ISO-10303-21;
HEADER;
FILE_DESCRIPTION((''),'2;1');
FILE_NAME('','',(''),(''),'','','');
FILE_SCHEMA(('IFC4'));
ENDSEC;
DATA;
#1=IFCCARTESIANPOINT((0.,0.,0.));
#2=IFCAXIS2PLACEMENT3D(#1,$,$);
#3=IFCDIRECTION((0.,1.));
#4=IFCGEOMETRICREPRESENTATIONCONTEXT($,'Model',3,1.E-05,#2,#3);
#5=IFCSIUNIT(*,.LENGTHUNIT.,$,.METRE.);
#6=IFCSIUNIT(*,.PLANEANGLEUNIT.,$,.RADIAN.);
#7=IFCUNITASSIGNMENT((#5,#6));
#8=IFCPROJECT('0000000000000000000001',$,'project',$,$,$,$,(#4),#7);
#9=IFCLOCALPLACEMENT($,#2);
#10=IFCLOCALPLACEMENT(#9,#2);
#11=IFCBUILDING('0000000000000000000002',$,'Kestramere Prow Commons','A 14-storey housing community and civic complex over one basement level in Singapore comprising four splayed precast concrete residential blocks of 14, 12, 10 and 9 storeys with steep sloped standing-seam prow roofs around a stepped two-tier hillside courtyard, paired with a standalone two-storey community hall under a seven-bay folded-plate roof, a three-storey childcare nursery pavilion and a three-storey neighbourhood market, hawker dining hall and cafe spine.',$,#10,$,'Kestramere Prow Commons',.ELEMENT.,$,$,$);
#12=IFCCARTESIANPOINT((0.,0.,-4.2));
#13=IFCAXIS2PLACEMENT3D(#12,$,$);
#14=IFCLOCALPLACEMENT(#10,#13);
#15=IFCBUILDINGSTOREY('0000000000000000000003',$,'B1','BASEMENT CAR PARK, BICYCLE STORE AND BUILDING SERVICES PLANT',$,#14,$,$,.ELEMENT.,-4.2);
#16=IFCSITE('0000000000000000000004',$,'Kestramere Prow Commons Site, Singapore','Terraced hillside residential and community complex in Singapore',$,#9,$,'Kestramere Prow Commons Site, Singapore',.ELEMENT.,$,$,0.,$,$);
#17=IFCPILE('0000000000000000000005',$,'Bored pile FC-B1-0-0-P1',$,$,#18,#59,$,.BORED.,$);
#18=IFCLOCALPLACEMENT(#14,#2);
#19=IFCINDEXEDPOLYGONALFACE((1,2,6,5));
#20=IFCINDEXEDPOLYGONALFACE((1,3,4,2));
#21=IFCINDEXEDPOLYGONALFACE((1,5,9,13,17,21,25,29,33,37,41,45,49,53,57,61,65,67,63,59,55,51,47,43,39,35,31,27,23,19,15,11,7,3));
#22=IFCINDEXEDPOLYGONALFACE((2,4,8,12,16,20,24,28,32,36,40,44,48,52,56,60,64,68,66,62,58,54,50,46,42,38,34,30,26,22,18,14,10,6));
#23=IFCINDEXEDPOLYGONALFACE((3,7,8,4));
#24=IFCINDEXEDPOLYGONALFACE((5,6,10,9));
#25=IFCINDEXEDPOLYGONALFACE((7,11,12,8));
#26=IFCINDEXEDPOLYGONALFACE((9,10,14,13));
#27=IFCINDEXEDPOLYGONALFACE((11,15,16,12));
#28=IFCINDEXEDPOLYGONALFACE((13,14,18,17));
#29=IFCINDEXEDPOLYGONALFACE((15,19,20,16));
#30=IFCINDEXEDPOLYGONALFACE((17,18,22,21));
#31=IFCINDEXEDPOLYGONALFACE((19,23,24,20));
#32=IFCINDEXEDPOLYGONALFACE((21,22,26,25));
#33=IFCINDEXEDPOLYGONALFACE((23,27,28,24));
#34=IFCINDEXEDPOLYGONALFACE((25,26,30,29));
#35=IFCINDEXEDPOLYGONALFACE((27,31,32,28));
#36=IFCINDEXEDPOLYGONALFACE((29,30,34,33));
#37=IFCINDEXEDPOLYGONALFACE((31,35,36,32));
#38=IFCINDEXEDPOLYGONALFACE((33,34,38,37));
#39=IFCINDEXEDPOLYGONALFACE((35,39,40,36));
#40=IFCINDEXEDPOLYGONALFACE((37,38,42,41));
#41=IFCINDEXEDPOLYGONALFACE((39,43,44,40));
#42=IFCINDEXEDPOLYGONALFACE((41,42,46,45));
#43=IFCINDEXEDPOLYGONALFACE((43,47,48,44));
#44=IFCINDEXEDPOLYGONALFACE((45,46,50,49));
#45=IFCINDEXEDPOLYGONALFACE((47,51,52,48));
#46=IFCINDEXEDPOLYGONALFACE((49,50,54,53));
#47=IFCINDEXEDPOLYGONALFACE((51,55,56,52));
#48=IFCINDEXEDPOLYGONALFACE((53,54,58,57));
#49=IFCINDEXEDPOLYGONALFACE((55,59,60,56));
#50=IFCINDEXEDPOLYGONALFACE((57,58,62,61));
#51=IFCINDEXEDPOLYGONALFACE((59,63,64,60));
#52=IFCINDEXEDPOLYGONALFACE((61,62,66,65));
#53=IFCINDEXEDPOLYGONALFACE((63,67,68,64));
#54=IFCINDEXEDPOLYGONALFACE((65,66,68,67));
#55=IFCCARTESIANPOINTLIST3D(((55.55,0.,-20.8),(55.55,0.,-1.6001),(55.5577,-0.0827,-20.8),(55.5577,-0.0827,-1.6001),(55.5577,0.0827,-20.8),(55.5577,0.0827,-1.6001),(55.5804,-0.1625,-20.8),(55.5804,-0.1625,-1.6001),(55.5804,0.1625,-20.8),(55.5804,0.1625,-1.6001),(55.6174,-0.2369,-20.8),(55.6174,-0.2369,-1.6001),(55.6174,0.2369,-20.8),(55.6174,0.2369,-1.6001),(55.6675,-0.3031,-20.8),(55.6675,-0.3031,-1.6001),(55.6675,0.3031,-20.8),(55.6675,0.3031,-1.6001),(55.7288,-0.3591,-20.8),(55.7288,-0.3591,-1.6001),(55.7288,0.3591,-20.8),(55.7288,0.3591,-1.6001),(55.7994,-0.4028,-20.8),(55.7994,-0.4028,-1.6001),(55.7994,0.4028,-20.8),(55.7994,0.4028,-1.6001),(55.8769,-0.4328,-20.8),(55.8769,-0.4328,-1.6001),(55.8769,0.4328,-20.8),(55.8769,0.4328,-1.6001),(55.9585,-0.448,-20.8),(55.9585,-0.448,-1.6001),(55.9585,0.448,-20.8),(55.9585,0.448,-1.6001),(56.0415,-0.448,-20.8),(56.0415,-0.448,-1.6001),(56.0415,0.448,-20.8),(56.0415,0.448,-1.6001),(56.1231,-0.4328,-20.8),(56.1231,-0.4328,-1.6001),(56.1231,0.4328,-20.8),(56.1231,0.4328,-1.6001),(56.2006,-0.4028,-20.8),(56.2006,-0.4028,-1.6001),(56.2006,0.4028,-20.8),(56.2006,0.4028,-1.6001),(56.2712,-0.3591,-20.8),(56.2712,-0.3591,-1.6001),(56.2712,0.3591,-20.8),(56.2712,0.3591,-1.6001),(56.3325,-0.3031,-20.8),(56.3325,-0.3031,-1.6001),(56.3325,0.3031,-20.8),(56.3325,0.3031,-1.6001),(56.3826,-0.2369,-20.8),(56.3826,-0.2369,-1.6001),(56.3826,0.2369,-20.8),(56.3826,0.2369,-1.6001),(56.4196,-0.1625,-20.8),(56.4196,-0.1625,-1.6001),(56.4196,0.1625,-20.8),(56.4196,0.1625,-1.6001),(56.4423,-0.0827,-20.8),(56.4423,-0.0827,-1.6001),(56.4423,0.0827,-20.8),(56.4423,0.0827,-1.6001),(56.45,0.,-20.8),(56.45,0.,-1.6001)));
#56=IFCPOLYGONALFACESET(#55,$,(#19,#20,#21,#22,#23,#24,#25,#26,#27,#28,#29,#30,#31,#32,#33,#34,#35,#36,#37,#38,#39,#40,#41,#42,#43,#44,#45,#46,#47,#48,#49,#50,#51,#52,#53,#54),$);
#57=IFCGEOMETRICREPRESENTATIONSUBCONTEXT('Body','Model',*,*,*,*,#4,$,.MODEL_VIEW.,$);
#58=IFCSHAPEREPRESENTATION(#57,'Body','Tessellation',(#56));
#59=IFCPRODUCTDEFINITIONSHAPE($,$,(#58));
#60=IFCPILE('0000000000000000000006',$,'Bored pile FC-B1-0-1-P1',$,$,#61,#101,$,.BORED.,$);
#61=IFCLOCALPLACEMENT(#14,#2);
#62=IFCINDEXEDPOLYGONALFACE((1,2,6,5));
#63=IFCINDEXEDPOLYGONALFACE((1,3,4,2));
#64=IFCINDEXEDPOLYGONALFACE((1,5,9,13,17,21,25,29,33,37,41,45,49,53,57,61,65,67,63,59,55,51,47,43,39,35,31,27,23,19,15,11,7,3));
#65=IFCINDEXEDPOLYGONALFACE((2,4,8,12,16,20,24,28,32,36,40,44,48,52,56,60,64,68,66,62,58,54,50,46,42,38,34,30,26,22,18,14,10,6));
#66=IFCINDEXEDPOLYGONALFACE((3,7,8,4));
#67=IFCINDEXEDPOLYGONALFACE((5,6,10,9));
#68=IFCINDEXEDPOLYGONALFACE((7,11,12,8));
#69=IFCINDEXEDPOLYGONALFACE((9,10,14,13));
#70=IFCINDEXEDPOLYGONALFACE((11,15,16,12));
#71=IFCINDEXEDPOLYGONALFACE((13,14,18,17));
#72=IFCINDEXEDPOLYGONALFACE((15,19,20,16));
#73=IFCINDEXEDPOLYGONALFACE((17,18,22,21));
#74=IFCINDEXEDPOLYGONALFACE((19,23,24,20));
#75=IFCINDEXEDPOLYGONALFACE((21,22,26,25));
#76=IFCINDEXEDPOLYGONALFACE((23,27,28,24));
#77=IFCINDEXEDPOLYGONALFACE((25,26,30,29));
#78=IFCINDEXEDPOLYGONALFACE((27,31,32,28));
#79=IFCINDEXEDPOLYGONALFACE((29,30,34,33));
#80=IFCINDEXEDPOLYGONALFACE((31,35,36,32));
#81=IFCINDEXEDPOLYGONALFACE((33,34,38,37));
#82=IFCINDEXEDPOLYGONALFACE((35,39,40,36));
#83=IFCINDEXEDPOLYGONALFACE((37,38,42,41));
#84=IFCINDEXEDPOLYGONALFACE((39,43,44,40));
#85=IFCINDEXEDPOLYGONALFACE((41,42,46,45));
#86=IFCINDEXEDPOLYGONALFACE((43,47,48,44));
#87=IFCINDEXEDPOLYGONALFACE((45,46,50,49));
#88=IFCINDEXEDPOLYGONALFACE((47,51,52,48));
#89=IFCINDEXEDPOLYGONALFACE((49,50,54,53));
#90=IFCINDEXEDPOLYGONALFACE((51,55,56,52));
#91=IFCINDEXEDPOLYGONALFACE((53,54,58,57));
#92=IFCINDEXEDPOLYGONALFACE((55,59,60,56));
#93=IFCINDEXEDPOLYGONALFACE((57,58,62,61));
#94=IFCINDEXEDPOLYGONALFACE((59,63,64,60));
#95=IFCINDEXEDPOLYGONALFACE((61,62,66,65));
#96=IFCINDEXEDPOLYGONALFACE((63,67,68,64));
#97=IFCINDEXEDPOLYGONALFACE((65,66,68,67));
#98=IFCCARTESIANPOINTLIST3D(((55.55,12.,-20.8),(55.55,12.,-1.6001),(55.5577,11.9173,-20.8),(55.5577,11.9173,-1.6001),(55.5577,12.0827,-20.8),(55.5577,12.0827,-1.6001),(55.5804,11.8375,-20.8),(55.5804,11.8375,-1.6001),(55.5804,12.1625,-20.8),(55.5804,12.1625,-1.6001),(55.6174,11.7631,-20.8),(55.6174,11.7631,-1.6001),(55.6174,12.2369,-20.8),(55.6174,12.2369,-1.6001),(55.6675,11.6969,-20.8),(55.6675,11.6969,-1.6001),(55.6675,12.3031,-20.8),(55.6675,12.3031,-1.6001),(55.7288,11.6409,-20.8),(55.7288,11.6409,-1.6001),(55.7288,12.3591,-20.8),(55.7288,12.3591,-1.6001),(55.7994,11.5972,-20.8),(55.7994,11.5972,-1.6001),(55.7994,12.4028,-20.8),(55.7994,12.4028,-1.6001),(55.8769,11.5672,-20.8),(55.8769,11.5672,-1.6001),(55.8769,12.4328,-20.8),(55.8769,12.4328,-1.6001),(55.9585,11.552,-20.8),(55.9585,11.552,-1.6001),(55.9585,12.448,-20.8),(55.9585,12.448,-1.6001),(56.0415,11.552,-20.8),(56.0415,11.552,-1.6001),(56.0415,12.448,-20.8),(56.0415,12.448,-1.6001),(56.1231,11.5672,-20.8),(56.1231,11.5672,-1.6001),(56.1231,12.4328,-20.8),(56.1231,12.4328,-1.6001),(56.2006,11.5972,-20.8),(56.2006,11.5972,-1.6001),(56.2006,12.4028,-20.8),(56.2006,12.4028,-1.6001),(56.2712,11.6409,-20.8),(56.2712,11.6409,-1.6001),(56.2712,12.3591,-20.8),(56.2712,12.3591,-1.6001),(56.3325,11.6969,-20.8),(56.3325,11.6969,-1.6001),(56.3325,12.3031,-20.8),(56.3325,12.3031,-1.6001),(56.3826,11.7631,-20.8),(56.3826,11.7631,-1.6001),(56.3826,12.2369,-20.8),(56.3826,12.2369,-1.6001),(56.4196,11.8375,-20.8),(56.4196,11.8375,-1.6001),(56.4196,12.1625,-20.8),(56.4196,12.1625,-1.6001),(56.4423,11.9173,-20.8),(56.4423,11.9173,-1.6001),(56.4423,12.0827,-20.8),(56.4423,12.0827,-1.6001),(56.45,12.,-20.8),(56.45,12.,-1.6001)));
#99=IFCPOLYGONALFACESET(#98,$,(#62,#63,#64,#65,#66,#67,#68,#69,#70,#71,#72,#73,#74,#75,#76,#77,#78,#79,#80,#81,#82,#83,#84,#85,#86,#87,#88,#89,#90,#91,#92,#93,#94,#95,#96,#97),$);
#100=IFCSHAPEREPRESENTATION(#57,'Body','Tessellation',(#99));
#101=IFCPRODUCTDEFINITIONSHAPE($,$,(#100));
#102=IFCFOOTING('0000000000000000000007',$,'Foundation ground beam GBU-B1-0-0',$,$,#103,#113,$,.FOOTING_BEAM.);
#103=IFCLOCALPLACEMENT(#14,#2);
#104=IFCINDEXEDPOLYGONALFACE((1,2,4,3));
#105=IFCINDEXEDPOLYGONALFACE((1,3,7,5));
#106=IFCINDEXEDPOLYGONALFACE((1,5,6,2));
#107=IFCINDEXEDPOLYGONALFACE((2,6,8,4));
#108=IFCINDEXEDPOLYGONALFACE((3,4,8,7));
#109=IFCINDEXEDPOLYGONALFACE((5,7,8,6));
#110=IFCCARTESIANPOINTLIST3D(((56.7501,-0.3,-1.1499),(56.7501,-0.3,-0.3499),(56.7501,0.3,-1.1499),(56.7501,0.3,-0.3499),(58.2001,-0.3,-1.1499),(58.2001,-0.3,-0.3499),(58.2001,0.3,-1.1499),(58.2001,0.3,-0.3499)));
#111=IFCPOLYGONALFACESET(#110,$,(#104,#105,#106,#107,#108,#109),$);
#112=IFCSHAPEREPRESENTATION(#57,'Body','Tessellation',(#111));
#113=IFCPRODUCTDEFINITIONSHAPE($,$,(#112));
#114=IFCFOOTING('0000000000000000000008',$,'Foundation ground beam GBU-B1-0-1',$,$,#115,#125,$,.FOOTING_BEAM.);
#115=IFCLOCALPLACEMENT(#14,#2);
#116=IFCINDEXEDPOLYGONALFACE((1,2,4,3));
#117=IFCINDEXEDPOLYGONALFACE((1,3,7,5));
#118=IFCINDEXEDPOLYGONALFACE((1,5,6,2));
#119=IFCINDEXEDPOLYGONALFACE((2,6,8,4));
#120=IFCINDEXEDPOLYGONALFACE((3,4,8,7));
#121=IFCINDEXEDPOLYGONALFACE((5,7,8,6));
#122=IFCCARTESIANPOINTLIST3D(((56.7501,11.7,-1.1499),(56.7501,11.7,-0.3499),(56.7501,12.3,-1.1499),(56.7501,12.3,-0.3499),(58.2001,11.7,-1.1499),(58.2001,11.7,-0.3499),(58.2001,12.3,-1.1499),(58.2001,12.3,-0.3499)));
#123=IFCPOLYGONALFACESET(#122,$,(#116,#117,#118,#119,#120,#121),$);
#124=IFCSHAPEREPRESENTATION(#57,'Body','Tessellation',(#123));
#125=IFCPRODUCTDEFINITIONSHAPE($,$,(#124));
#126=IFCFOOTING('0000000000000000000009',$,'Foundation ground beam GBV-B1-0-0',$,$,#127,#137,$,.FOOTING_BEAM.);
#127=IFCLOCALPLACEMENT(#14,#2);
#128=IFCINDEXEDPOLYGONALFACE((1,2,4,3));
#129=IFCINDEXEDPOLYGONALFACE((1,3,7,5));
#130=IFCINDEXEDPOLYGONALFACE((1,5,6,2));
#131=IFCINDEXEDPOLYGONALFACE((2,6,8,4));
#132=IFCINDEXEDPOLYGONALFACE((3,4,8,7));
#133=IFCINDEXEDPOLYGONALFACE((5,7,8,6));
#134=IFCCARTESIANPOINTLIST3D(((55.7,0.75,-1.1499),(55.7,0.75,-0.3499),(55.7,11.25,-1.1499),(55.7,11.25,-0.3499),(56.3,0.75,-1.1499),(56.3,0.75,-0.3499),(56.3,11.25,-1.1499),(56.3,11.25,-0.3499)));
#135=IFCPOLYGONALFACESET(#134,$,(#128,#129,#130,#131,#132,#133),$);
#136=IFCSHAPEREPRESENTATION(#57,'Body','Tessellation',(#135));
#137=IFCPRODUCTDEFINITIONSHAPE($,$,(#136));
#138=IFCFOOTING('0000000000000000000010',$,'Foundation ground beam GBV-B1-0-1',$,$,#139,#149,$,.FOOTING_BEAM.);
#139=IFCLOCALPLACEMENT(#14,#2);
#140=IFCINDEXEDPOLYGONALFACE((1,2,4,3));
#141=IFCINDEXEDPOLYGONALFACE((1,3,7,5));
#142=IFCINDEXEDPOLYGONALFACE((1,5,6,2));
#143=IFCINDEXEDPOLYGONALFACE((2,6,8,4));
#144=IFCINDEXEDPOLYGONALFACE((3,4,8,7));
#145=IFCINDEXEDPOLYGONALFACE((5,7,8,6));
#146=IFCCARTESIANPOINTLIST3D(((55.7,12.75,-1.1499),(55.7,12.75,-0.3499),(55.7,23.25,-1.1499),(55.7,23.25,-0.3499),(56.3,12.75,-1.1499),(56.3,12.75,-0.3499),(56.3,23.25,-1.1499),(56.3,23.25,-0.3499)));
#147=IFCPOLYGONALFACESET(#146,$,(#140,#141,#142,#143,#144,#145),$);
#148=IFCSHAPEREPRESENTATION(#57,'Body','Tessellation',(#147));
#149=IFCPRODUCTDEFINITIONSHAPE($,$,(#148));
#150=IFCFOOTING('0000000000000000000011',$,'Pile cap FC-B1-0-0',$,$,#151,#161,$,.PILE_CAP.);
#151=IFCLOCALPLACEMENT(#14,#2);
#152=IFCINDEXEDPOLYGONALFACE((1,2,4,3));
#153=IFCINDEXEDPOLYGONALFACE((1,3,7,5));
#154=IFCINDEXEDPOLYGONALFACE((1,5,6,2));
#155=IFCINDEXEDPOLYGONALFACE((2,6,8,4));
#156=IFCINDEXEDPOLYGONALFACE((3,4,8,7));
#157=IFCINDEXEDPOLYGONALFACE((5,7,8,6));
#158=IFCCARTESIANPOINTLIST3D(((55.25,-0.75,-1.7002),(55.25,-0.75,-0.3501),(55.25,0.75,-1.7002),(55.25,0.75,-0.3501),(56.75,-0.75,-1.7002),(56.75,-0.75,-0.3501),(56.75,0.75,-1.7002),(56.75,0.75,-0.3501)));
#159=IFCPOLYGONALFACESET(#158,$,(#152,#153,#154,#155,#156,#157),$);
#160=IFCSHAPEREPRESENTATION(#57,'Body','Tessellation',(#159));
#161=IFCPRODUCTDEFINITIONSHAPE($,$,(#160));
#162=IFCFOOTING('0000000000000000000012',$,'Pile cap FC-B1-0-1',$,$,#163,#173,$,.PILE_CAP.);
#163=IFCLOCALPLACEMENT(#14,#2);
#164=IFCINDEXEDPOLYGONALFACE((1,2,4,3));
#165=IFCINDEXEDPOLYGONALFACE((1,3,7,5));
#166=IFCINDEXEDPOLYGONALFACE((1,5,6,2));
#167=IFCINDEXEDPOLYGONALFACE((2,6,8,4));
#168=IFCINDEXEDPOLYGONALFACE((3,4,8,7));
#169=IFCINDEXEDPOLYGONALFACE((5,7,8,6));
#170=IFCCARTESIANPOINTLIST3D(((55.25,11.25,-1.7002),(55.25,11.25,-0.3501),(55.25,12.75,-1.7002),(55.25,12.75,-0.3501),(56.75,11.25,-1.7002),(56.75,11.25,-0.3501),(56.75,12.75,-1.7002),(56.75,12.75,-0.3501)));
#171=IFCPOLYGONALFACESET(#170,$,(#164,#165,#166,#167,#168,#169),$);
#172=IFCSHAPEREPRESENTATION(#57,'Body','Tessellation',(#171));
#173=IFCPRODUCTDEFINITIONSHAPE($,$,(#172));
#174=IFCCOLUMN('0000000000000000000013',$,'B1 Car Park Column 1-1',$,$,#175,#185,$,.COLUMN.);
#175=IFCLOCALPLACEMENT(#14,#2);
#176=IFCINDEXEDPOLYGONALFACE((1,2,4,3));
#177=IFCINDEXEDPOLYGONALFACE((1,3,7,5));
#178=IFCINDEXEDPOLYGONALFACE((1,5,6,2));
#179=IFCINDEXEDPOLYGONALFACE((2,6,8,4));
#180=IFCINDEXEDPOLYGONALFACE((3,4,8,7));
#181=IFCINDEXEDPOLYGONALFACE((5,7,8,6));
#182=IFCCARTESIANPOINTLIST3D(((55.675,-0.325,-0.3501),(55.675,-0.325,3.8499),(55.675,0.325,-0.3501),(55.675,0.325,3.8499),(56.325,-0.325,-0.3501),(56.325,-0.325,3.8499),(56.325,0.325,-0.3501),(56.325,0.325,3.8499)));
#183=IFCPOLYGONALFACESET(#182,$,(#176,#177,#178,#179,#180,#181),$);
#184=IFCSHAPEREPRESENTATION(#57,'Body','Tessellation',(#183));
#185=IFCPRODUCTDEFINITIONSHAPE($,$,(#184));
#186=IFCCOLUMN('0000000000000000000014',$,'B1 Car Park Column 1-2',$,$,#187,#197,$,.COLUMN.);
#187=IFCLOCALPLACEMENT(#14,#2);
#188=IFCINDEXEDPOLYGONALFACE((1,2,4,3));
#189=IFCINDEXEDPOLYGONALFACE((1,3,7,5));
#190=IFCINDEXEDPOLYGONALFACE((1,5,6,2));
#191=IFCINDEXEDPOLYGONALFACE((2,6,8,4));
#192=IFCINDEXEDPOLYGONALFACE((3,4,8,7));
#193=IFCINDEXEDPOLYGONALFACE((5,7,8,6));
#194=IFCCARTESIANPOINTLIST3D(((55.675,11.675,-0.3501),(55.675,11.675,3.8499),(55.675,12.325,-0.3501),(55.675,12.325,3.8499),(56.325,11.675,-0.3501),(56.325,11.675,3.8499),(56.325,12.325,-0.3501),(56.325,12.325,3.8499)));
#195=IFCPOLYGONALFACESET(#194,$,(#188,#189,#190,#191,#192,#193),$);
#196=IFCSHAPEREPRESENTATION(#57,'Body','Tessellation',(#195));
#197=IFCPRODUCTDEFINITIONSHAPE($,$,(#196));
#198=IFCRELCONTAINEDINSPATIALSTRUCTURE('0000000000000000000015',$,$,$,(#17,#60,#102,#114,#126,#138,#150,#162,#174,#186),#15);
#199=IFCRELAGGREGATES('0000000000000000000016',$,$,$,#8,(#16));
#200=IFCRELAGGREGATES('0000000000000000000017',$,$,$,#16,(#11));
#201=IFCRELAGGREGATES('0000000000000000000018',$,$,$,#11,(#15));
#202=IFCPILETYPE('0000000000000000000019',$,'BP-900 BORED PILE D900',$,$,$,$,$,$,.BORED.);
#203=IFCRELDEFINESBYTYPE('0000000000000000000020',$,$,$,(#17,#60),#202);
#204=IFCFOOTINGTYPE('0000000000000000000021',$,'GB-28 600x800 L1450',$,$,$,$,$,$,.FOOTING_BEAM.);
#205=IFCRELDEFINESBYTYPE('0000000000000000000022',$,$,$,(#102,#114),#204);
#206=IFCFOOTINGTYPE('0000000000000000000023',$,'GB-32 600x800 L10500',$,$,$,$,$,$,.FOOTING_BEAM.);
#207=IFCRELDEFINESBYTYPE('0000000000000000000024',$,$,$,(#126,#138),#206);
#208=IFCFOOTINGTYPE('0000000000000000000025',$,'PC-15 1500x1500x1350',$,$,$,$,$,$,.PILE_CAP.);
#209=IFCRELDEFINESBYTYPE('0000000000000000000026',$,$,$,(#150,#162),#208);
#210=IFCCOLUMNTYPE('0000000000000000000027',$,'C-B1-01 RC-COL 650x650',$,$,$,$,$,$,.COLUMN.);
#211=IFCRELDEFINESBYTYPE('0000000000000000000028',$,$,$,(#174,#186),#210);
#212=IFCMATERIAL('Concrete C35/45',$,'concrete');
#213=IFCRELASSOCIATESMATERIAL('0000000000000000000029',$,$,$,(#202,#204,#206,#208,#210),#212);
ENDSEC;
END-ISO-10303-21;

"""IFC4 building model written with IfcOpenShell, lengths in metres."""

from ifc_helpers import new_model, si_unit, direction, frame, origin, origin_2d, place, context, subcontext, project, spatial, rectangle, circle, extrude, material, material_profile, profile_set, type_object, element, save


model = new_model("IFC4")

# Units and contexts
model_context = context("Model", 3, precision=1e-05, world=origin(), true_north=direction((0.0, 1.0)))
body_context = subcontext(model_context, "Body", "Model", "MODEL_VIEW")
ifc_project = project(units=[si_unit("LENGTHUNIT", "METRE"), si_unit("PLANEANGLEUNIT", "RADIAN")], contexts=[model_context])

# Site, building, storey
site_placement = place(None, origin())
site = spatial("IfcSite", under=ifc_project, at=site_placement, Name="Kestramere Prow Commons Site, Singapore", Description="Terraced hillside residential and community complex in Singapore", LongName="Kestramere Prow Commons Site, Singapore", CompositionType="ELEMENT", RefElevation=0.0)
building_placement = place(site_placement, origin())
building = spatial("IfcBuilding", under=site, at=building_placement, Name="Kestramere Prow Commons", Description="A 14-storey housing community and civic complex over one basement level in Singapore comprising four splayed precast concrete residential blocks of 14, 12, 10 and 9 storeys with steep sloped standing-seam prow roofs around a stepped two-tier hillside courtyard, paired with a standalone two-storey community hall under a seven-bay folded-plate roof, a three-storey childcare nursery pavilion and a three-storey neighbourhood market, hawker dining hall and cafe spine.", LongName="Kestramere Prow Commons", CompositionType="ELEMENT")
storey_placement = place(building_placement, frame((0.0, 0.0, -4.2)))
storey = spatial("IfcBuildingStorey", under=building, at=storey_placement, Name="B1", Description="BASEMENT CAR PARK, BICYCLE STORE AND BUILDING SERVICES PLANT", CompositionType="ELEMENT", Elevation=-4.2)

# Piles
ifc_material_1 = material(Name="Concrete C35/45", Category="concrete")
ifc_material_profile_1 = material_profile(ifc_material_1, circle(Radius=0.45, at=origin_2d()), Name="BORED PILE D900")
ifc_profile_set_1 = profile_set([ifc_material_profile_1], Name="Concrete C35/45")
pile_type = type_object("IfcPileType", Name="BP-900 BORED PILE D900", PredefinedType="BORED", material=ifc_profile_set_1)
for number, where, z_axis, x_axis, name in (
    (1, (56.0, 0.0, -1.6001), (0.0, 0.0, -1.0), (1.0, 0.0, 0.0), "Bored pile FC-B1-0-0-P1"),
    (2, (56.0, 12.0, -1.6001), (0.0, 0.0, -1.0), (1.0, 0.0, 0.0), "Bored pile FC-B1-0-1-P1"),
):
    element("IfcPile", number, at=place(storey_placement, frame(where, z_axis=z_axis, x_axis=x_axis)), inside=storey, type_object=pile_type, Name=name, PredefinedType="BORED", context=body_context, shape_type="SweptSolid", body=[
        extrude(circle(Radius=0.45, at=origin_2d()), origin(), (0.0, 0.0, 1.0), 19.2),
    ])

# Footings
footing_type_1 = type_object("IfcFootingType", Name="GB-28 600x800 L1450", PredefinedType="FOOTING_BEAM", material=ifc_material_1)
for number, where, z_axis, x_axis, name in (
    (3, (57.4751, 0.0, -1.1499), (0.0, 0.0, 1.0), (1.0, 0.0, 0.0), "Foundation ground beam GBU-B1-0-0"),
    (4, (57.4751, 12.0, -1.1499), (0.0, 0.0, 1.0), (1.0, 0.0, 0.0), "Foundation ground beam GBU-B1-0-1"),
):
    element("IfcFooting", number, at=place(storey_placement, frame(where, z_axis=z_axis, x_axis=x_axis)), inside=storey, type_object=footing_type_1, Name=name, PredefinedType="FOOTING_BEAM", context=body_context, shape_type="SweptSolid", body=[
        extrude(rectangle(XDim=1.45, YDim=0.6001, at=origin_2d()), origin(), (0.0, 0.0, 1.0), 0.8),
    ])
footing_type_2 = type_object("IfcFootingType", Name="GB-32 600x800 L10500", PredefinedType="FOOTING_BEAM", material=ifc_material_1)
for number, where, z_axis, x_axis, name in (
    (5, (56.0, 6.0, -1.1499), (0.0, 0.0, 1.0), (0.0, 1.0, 0.0), "Foundation ground beam GBV-B1-0-0"),
    (6, (56.0, 18.0, -1.1499), (0.0, 0.0, 1.0), (0.0, 1.0, 0.0), "Foundation ground beam GBV-B1-0-1"),
):
    element("IfcFooting", number, at=place(storey_placement, frame(where, z_axis=z_axis, x_axis=x_axis)), inside=storey, type_object=footing_type_2, Name=name, PredefinedType="FOOTING_BEAM", context=body_context, shape_type="SweptSolid", body=[
        extrude(rectangle(XDim=10.5, YDim=0.6001, at=origin_2d()), origin(), (0.0, 0.0, 1.0), 0.8),
    ])
footing_type_3 = type_object("IfcFootingType", Name="PC-15 1500x1500x1350", PredefinedType="PILE_CAP", material=ifc_material_1)
for number, where, z_axis, x_axis, name in (
    (7, (56.0, 0.0, -1.7002), (0.0, 0.0, 1.0), (1.0, 0.0, 0.0), "Pile cap FC-B1-0-0"),
    (8, (56.0, 12.0, -1.7002), (0.0, 0.0, 1.0), (1.0, 0.0, 0.0), "Pile cap FC-B1-0-1"),
):
    element("IfcFooting", number, at=place(storey_placement, frame(where, z_axis=z_axis, x_axis=x_axis)), inside=storey, type_object=footing_type_3, Name=name, PredefinedType="PILE_CAP", context=body_context, shape_type="SweptSolid", body=[
        extrude(rectangle(XDim=1.5, YDim=1.5, at=origin_2d()), origin(), (0.0, 0.0, 1.0), 1.3501),
    ])

# Columns
ifc_material_profile_2 = material_profile(ifc_material_1, rectangle(XDim=0.6499, YDim=0.6499, at=origin_2d()), Name="RC-COL 650x650")
ifc_profile_set_2 = profile_set([ifc_material_profile_2], Name="Concrete C35/45")
column_type = type_object("IfcColumnType", Name="C-B1-01 RC-COL 650x650", PredefinedType="COLUMN", material=ifc_profile_set_2)
for number, where, z_axis, x_axis, name in (
    (9, (56.0, 0.0, -0.3501), (0.0, 0.0, 1.0), (1.0, 0.0, 0.0), "B1 Car Park Column 1-1"),
    (10, (56.0, 12.0, -0.3501), (0.0, 0.0, 1.0), (1.0, 0.0, 0.0), "B1 Car Park Column 1-2"),
):
    element("IfcColumn", number, at=place(storey_placement, frame(where, z_axis=z_axis, x_axis=x_axis)), inside=storey, type_object=column_type, Name=name, PredefinedType="COLUMN", context=body_context, shape_type="SweptSolid", body=[
        extrude(rectangle(XDim=0.6499, YDim=0.6499, at=origin_2d()), origin(), (0.0, 0.0, 1.0), 4.2),
    ])

save(model, "model.ifc")
